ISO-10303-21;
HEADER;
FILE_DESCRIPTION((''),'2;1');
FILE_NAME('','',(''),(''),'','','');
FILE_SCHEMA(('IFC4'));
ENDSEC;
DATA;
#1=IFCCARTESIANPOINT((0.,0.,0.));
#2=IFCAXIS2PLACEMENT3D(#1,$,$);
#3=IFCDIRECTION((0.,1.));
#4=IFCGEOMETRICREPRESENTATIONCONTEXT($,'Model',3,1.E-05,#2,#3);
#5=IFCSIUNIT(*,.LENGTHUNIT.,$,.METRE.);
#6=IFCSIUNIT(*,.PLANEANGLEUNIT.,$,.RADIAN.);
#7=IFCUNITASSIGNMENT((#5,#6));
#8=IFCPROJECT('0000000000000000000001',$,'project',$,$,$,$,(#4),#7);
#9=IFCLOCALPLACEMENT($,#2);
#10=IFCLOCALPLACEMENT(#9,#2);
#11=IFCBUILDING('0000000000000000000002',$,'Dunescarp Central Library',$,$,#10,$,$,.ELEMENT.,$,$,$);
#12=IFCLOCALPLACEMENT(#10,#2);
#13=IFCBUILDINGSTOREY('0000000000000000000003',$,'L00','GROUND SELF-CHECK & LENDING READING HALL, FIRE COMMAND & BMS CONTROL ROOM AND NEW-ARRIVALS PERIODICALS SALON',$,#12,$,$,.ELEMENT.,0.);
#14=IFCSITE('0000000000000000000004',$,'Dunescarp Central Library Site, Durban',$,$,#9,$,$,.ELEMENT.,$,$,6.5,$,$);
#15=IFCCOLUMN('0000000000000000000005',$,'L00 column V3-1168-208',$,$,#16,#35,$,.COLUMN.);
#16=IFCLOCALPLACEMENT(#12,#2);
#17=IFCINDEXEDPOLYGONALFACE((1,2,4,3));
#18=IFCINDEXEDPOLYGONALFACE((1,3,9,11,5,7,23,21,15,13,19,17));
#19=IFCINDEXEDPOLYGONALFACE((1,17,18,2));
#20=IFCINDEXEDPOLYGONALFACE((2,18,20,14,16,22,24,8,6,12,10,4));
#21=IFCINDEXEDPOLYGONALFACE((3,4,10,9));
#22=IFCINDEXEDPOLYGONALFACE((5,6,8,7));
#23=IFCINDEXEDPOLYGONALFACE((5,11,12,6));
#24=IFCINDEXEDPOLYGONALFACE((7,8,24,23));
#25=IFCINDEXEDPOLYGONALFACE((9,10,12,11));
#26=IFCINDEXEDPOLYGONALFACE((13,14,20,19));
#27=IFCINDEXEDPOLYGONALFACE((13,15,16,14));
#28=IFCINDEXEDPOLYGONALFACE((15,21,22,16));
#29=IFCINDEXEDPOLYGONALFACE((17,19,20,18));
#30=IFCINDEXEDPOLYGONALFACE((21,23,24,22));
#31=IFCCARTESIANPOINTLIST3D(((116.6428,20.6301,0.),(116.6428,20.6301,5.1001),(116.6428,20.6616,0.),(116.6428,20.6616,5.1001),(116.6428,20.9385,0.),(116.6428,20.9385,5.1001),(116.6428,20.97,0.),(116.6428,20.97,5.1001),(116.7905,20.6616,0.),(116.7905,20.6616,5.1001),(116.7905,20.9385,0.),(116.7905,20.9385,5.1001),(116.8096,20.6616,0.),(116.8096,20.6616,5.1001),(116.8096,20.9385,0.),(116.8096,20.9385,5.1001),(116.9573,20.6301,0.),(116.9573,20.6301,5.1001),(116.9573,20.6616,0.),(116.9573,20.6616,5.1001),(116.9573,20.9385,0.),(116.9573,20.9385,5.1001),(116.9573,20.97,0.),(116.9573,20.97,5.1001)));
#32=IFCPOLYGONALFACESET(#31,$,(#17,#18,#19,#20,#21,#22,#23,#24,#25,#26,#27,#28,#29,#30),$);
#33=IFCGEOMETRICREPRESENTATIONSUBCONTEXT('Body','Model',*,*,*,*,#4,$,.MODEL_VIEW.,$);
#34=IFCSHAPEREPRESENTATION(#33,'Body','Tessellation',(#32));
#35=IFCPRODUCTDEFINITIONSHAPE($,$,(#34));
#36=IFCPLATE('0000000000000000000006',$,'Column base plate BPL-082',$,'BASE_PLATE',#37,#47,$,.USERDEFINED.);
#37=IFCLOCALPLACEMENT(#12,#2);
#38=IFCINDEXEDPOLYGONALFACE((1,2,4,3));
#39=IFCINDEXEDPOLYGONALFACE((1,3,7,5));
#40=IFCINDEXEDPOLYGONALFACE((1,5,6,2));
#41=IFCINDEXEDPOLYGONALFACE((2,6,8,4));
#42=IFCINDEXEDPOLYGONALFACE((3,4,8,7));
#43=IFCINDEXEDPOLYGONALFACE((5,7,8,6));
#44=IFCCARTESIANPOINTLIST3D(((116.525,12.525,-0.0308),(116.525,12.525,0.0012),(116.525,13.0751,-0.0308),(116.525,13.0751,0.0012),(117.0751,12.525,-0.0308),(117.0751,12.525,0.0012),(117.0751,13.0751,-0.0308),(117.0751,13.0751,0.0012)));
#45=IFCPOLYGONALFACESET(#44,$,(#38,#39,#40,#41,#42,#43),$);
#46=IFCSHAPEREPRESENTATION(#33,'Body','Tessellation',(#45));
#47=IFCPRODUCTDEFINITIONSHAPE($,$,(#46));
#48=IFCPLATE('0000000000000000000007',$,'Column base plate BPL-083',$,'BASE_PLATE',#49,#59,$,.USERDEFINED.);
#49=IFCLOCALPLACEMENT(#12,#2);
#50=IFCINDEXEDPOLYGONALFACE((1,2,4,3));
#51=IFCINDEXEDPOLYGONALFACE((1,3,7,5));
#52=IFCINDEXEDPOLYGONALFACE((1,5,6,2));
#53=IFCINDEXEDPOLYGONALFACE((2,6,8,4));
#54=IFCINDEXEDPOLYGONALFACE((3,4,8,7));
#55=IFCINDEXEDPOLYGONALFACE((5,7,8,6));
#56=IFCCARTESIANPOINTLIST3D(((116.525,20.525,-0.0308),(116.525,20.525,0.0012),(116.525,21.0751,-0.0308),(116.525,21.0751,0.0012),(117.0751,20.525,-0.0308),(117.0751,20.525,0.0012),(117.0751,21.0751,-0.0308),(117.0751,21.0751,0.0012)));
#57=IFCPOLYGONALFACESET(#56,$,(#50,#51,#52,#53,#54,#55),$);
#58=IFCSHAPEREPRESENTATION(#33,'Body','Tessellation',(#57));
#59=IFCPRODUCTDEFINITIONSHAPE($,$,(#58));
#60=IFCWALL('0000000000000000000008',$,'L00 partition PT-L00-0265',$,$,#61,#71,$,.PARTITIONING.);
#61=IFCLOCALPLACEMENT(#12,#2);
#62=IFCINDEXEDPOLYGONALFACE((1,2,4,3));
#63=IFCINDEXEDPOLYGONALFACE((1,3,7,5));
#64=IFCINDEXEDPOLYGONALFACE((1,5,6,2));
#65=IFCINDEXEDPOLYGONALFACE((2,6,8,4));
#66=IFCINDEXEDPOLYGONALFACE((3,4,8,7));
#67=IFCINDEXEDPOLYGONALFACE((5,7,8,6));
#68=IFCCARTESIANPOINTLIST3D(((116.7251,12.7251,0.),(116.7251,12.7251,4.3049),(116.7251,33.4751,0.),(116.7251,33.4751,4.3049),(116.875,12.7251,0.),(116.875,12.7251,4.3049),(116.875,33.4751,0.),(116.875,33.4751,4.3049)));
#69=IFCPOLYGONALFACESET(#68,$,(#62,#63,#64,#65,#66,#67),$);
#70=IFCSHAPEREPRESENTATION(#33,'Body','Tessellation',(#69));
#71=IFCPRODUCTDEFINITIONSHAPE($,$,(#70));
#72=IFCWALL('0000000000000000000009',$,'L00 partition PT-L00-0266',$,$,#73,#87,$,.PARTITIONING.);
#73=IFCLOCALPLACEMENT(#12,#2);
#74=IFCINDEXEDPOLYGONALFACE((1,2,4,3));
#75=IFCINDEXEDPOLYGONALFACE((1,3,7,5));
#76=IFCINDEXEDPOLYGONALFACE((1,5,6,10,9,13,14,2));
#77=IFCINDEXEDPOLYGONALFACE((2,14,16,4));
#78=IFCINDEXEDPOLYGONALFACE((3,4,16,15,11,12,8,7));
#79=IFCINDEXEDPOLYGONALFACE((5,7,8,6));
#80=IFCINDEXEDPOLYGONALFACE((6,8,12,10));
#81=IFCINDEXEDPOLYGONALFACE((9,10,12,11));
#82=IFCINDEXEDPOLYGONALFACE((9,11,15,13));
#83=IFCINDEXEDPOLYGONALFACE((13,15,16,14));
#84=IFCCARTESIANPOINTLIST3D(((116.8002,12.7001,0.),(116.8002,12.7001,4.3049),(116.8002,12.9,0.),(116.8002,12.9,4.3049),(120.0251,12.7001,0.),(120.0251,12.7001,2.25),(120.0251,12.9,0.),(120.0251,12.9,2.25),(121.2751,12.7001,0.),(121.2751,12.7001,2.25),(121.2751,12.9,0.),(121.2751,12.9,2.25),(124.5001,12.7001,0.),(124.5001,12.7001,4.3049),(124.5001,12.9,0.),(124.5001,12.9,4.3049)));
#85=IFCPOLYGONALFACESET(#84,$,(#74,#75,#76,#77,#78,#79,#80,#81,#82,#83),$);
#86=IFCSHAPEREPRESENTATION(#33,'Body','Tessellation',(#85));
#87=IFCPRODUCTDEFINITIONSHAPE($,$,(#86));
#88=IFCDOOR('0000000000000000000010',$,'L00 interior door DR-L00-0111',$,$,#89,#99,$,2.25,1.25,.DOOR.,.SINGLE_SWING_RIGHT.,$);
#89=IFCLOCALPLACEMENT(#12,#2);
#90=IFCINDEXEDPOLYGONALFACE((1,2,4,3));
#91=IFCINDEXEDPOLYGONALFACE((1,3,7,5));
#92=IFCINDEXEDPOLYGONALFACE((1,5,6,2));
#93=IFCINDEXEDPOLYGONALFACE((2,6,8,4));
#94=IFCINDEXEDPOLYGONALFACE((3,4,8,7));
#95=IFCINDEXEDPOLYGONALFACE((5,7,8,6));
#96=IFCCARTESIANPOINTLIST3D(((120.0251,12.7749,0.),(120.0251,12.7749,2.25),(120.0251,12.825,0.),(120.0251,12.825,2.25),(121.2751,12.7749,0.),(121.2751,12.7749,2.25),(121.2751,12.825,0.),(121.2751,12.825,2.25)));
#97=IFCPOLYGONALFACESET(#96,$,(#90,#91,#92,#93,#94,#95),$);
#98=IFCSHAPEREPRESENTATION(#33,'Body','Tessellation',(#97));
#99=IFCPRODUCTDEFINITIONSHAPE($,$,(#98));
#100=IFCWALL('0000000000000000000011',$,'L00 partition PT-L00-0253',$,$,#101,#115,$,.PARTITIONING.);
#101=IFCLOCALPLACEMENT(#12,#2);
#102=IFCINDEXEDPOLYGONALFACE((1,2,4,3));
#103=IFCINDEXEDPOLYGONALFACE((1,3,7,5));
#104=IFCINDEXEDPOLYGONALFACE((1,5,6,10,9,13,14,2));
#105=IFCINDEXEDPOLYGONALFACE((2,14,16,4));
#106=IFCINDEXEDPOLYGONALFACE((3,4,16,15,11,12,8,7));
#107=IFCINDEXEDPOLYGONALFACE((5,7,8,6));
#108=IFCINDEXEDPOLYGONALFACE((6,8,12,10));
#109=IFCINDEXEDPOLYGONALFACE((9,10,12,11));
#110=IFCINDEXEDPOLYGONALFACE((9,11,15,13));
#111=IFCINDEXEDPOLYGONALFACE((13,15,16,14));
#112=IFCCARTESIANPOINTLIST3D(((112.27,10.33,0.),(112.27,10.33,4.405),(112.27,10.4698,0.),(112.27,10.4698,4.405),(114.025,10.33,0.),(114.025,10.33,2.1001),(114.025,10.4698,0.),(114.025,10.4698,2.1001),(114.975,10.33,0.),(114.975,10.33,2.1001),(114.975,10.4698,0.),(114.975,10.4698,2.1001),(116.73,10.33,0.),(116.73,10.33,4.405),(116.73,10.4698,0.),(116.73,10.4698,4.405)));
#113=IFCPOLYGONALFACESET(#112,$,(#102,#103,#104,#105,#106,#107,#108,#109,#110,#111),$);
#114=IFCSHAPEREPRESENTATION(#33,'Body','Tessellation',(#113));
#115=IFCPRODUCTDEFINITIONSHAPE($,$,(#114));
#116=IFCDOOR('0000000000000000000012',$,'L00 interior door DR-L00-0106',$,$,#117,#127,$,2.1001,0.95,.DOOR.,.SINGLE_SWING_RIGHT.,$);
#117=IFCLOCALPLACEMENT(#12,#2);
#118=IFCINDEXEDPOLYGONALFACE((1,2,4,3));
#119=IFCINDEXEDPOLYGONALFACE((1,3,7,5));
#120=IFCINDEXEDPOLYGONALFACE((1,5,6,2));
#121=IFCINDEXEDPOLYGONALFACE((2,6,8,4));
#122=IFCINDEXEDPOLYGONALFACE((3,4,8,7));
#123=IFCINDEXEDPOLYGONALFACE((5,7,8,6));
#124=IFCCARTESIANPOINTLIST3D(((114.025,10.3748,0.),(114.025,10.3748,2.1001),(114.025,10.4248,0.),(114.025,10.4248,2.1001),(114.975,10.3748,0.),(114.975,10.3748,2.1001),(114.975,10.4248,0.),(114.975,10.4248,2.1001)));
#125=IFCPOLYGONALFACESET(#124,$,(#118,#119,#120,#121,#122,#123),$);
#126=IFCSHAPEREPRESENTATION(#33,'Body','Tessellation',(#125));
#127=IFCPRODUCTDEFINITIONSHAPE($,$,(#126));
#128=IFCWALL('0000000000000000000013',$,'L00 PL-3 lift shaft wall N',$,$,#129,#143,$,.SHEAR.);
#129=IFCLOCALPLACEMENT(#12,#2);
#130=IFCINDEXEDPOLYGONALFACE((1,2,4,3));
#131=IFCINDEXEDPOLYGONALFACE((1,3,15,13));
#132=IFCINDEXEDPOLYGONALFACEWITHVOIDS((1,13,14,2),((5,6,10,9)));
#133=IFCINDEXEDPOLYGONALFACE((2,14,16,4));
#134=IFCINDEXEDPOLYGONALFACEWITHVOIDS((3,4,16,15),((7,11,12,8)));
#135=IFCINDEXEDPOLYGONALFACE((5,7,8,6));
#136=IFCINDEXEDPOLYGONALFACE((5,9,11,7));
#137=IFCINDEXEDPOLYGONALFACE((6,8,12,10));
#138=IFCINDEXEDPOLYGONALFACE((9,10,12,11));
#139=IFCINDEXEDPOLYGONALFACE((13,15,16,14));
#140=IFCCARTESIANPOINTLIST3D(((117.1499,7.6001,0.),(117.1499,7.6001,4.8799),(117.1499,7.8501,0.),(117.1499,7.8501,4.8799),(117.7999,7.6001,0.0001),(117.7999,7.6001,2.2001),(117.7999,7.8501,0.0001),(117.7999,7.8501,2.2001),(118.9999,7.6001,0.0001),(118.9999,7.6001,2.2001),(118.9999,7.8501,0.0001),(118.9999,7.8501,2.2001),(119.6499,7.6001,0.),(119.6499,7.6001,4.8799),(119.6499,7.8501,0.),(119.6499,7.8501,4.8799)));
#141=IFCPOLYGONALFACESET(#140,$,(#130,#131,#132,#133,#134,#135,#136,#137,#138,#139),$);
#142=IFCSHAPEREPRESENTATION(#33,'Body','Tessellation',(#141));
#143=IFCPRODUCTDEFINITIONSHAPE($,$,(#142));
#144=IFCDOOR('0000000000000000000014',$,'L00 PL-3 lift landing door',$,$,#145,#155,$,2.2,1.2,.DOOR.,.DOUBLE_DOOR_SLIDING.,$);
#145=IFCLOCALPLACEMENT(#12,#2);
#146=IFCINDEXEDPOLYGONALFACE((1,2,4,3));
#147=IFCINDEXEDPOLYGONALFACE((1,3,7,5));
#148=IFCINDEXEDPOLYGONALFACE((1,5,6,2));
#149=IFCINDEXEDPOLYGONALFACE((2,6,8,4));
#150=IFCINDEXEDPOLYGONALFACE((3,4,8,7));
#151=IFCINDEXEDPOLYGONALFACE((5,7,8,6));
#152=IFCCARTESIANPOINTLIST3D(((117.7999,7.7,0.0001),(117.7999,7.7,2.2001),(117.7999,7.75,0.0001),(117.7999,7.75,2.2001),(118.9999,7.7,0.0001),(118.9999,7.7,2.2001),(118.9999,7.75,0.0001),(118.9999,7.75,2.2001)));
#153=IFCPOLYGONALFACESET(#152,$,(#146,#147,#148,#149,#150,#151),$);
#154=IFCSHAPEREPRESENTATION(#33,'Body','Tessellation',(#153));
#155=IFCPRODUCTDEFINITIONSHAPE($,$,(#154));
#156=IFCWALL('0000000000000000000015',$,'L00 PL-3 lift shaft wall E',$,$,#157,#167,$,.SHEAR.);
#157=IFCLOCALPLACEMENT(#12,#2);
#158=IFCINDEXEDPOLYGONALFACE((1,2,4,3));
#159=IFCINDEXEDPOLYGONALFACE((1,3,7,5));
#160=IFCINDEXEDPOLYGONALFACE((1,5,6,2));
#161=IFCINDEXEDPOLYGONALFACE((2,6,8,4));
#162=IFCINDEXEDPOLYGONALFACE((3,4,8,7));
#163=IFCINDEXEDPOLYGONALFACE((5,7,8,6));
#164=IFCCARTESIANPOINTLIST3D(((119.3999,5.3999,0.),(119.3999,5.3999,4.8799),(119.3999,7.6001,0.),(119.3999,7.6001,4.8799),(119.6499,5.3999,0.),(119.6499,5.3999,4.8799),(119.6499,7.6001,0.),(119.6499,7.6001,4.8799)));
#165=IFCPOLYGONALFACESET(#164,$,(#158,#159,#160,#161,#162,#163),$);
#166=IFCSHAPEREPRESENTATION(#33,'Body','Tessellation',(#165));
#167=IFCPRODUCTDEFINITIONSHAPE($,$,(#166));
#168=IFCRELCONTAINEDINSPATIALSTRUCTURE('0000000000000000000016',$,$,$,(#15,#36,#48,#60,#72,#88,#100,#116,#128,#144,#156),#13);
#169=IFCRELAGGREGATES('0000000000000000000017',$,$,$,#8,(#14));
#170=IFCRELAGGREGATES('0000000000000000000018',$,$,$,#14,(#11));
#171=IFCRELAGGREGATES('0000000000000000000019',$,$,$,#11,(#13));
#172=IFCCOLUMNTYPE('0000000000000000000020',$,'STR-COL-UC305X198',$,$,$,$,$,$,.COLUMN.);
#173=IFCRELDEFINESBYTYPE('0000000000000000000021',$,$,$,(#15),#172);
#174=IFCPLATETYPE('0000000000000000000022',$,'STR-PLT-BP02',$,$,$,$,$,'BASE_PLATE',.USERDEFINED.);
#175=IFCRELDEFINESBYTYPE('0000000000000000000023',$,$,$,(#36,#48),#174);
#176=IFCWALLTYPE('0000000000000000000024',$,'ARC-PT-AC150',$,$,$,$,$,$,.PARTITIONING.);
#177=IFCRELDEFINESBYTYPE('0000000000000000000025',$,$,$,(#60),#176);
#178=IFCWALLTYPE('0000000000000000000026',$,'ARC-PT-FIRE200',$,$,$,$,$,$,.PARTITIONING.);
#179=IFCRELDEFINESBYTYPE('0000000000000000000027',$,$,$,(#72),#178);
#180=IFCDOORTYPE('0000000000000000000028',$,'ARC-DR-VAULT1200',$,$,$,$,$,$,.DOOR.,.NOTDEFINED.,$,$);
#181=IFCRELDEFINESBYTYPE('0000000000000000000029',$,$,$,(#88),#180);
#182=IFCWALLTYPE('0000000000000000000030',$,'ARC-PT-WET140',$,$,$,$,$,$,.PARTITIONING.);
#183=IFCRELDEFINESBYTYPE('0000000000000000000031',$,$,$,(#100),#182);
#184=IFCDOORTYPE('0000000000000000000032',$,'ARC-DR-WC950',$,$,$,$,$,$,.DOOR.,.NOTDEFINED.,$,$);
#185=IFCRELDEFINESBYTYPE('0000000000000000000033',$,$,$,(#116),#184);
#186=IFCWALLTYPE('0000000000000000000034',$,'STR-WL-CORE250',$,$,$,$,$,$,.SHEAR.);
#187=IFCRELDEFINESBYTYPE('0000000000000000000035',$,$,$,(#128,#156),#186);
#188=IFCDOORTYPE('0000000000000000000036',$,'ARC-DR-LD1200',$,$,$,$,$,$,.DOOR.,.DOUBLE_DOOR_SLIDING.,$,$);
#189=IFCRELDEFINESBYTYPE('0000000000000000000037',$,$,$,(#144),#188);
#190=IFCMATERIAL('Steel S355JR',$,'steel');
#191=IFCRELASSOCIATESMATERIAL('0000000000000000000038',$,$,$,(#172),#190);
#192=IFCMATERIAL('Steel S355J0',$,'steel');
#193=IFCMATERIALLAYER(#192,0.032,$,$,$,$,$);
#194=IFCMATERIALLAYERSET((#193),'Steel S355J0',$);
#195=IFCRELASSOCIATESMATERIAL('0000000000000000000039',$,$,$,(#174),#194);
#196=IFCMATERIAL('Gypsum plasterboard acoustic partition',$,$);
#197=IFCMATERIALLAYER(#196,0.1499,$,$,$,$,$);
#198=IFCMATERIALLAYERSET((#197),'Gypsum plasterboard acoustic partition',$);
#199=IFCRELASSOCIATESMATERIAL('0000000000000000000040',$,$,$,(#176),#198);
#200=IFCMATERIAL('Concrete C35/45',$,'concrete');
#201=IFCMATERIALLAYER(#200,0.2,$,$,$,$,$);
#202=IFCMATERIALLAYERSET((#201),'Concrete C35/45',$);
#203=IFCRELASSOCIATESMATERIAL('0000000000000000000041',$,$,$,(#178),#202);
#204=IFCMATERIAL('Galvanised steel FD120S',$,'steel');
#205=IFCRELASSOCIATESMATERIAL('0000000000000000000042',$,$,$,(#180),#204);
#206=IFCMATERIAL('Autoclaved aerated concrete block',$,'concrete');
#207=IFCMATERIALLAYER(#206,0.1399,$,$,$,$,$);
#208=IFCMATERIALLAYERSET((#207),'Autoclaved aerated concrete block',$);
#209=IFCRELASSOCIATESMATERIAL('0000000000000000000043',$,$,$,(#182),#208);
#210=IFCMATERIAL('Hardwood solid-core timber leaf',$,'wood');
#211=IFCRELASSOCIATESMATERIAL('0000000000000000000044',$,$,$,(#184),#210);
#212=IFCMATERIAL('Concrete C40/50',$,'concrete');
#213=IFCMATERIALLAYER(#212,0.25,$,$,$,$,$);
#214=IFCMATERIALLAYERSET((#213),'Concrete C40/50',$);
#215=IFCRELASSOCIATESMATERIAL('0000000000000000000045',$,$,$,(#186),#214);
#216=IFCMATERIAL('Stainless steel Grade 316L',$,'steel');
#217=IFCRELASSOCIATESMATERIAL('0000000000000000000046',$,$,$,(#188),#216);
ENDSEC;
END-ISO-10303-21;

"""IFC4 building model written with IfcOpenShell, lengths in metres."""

from ifc_helpers import new_model, si_unit, direction, frame, frame_2d, origin, origin_2d, place, context, subcontext, project, spatial, rectangle, i_section, extrude, material, layer, layer_set, material_profile, profile_set, type_object, element, fill, save


model = new_model("IFC4")

# Units and contexts
model_context = context("Model", 3, precision=1e-05, world=origin(), true_north=direction((0.0, 1.0)))
body_context = subcontext(model_context, "Body", "Model", "MODEL_VIEW")
ifc_project = project(units=[si_unit("LENGTHUNIT", "METRE"), si_unit("PLANEANGLEUNIT", "RADIAN")], contexts=[model_context])

# Site, building, storey
site_placement = place(None, origin())
site = spatial("IfcSite", under=ifc_project, at=site_placement, Name="Dunescarp Central Library Site, Durban", CompositionType="ELEMENT", RefElevation=6.5)
building_placement = place(site_placement, origin())
building = spatial("IfcBuilding", under=site, at=building_placement, Name="Dunescarp Central Library", CompositionType="ELEMENT")
storey_placement = place(building_placement, origin())
storey = spatial("IfcBuildingStorey", under=building, at=storey_placement, Name="L00", Description="GROUND SELF-CHECK & LENDING READING HALL, FIRE COMMAND & BMS CONTROL ROOM AND NEW-ARRIVALS PERIODICALS SALON", CompositionType="ELEMENT", Elevation=0.0)

# Shared definitions
ifc_material_1 = material(Name="Concrete C35/45", Category="concrete")
ifc_material_2 = material(Name="Concrete C40/50", Category="concrete")

# Column
ifc_material_3 = material(Name="Steel S355JR", Category="steel")
ifc_material_profile_1 = material_profile(ifc_material_3, i_section(OverallWidth=0.3145, OverallDepth=0.3398, WebThickness=0.019, FlangeThickness=0.0315, at=origin_2d()), Name="UC 305x305x198")
ifc_profile_set_1 = profile_set([ifc_material_profile_1], Name="Steel S355JR")
column_type = type_object("IfcColumnType", Name="STR-COL-UC305X198", PredefinedType="COLUMN", material=ifc_profile_set_1)
for number, where, z_axis, x_axis, name in (
    (1, (116.8, 20.8, 0.0), (0.0, 0.0, 1.0), (1.0, 0.0, 0.0), "L00 column V3-1168-208"),
):
    element("IfcColumn", number, at=place(storey_placement, frame(where, z_axis=z_axis, x_axis=x_axis)), inside=storey, type_object=column_type, Name=name, PredefinedType="COLUMN", context=body_context, shape_type="SweptSolid", body=[
        extrude(i_section(OverallWidth=0.3145, OverallDepth=0.3398, WebThickness=0.019, FlangeThickness=0.0315, at=origin_2d()), origin(), (0.0, 0.0, 1.0), 5.1001),
    ])

# Plates
ifc_material_4 = material(Name="Steel S355J0", Category="steel")
ifc_layer_1 = layer(ifc_material_4, 0.032)
ifc_layer_set_1 = layer_set([ifc_layer_1], Name="Steel S355J0")
plate_type = type_object("IfcPlateType", Name="STR-PLT-BP02", ElementType="BASE_PLATE", PredefinedType="USERDEFINED", material=ifc_layer_set_1)
for number, where, z_axis, x_axis, name in (
    (2, (116.8, 12.8, -0.0308), (0.0, 0.0, 1.0), (1.0, 0.0, 0.0), "Column base plate BPL-082"),
    (3, (116.8, 20.8, -0.0308), (0.0, 0.0, 1.0), (1.0, 0.0, 0.0), "Column base plate BPL-083"),
):
    element("IfcPlate", number, at=place(storey_placement, frame(where, z_axis=z_axis, x_axis=x_axis)), inside=storey, type_object=plate_type, Name=name, ObjectType="BASE_PLATE", PredefinedType="USERDEFINED", context=body_context, shape_type="SweptSolid", body=[
        extrude(rectangle(XDim=0.55, YDim=0.55, at=origin_2d()), origin(), (0.0, 0.0, 1.0), 0.032),
    ])

# Wall
ifc_material_5 = material(Name="Gypsum plasterboard acoustic partition")
ifc_layer_2 = layer(ifc_material_5, 0.1499)
ifc_layer_set_2 = layer_set([ifc_layer_2], Name="Gypsum plasterboard acoustic partition")
wall_type_1 = type_object("IfcWallType", Name="ARC-PT-AC150", PredefinedType="PARTITIONING", material=ifc_layer_set_2)
wall_1_placement = place(storey_placement, frame((116.8, 12.7251, 0.0), z_axis=(0.0, 0.0, 1.0), x_axis=(0.0, 1.0, 0.0)))
element("IfcWall", 4, at=wall_1_placement, inside=storey, type_object=wall_type_1, Name="L00 partition PT-L00-0265", PredefinedType="PARTITIONING", context=body_context, shape_type="SweptSolid", body=[
    extrude(rectangle(XDim=20.75, YDim=0.1499, at=frame_2d((10.375, 0.0))), origin(), (0.0, 0.0, 1.0), 4.3049),
])

# Walls, openings, doors
ifc_layer_3 = layer(ifc_material_1, 0.2)
ifc_layer_set_3 = layer_set([ifc_layer_3], Name="Concrete C35/45")
wall_type_2 = type_object("IfcWallType", Name="ARC-PT-FIRE200", PredefinedType="PARTITIONING", material=ifc_layer_set_3)
wall_2_placement = place(storey_placement, frame((116.8, 12.8, 0.0), z_axis=(0.0, 0.0, 1.0), x_axis=(1.0, 0.0, 0.0)))
wall_2 = element("IfcWall", 5, at=wall_2_placement, inside=storey, type_object=wall_type_2, Name="L00 partition PT-L00-0266", PredefinedType="PARTITIONING", context=body_context, shape_type="SweptSolid", body=[
    extrude(rectangle(XDim=7.7, YDim=0.2, at=frame_2d((3.8501, 0.0))), origin(), (0.0, 0.0, 1.0), 4.3049),
])
opening_1_placement = place(wall_2_placement, frame((3.2251, 0.0, 0.0)))
opening_1 = element("IfcOpeningElement", 6, at=opening_1_placement, cuts=wall_2, PredefinedType="OPENING", context=body_context, shape_type="SweptSolid", body=[
    extrude(rectangle(XDim=1.25, YDim=2.25, at=frame_2d((0.625, 1.125))), frame((0.0, 0.1099, 0.0), z_axis=(0.0, -1.0, 0.0), x_axis=(1.0, 0.0, 0.0)), (0.0, 0.0, 1.0), 0.22),
])
ifc_material_6 = material(Name="Galvanised steel FD120S", Category="steel")
door_type_1 = type_object("IfcDoorType", Name="ARC-DR-VAULT1200", OperationType="NOTDEFINED", PredefinedType="DOOR", material=ifc_material_6)
door_1_placement = place(opening_1_placement, origin())
door_1 = element("IfcDoor", 7, at=door_1_placement, inside=storey, type_object=door_type_1, Name="L00 interior door DR-L00-0111", OperationType="SINGLE_SWING_RIGHT", OverallHeight=2.25, OverallWidth=1.25, PredefinedType="DOOR", context=body_context, shape_type="SweptSolid", body=[
    extrude(rectangle(XDim=1.25, YDim=2.25, at=frame_2d((0.625, 1.125))), frame((0.0, 0.0249, 0.0), z_axis=(0.0, -1.0, 0.0), x_axis=(1.0, 0.0, 0.0)), (0.0, 0.0, 1.0), 0.05),
])
fill(opening_1, door_1)
ifc_material_7 = material(Name="Autoclaved aerated concrete block", Category="concrete")
ifc_layer_4 = layer(ifc_material_7, 0.1399)
ifc_layer_set_4 = layer_set([ifc_layer_4], Name="Autoclaved aerated concrete block")
wall_type_3 = type_object("IfcWallType", Name="ARC-PT-WET140", PredefinedType="PARTITIONING", material=ifc_layer_set_4)
wall_3_placement = place(storey_placement, frame((112.27, 10.3999, 0.0), z_axis=(0.0, 0.0, 1.0), x_axis=(1.0, 0.0, 0.0)))
wall_3 = element("IfcWall", 8, at=wall_3_placement, inside=storey, type_object=wall_type_3, Name="L00 partition PT-L00-0253", PredefinedType="PARTITIONING", context=body_context, shape_type="SweptSolid", body=[
    extrude(rectangle(XDim=4.46, YDim=0.1399, at=frame_2d((2.23, 0.0))), origin(), (0.0, 0.0, 1.0), 4.405),
])
opening_2_placement = place(wall_3_placement, frame((1.7549, 0.0, 0.0)))
opening_2 = element("IfcOpeningElement", 9, at=opening_2_placement, cuts=wall_3, PredefinedType="OPENING", context=body_context, shape_type="SweptSolid", body=[
    extrude(rectangle(XDim=0.95, YDim=2.1001, at=frame_2d((0.4751, 1.05))), frame((0.0, 0.0801, 0.0), z_axis=(0.0, -1.0, 0.0), x_axis=(1.0, 0.0, 0.0)), (0.0, 0.0, 1.0), 0.1599),
])
ifc_material_8 = material(Name="Hardwood solid-core timber leaf", Category="wood")
door_type_2 = type_object("IfcDoorType", Name="ARC-DR-WC950", OperationType="NOTDEFINED", PredefinedType="DOOR", material=ifc_material_8)
door_2_placement = place(opening_2_placement, origin())
door_2 = element("IfcDoor", 10, at=door_2_placement, inside=storey, type_object=door_type_2, Name="L00 interior door DR-L00-0106", OperationType="SINGLE_SWING_RIGHT", OverallHeight=2.1001, OverallWidth=0.95, PredefinedType="DOOR", context=body_context, shape_type="SweptSolid", body=[
    extrude(rectangle(XDim=0.95, YDim=2.1001, at=frame_2d((0.4751, 1.05))), frame((0.0, 0.0249, 0.0), z_axis=(0.0, -1.0, 0.0), x_axis=(1.0, 0.0, 0.0)), (0.0, 0.0, 1.0), 0.05),
])
fill(opening_2, door_2)
ifc_layer_5 = layer(ifc_material_2, 0.25)
ifc_layer_set_5 = layer_set([ifc_layer_5], Name="Concrete C40/50")
wall_type_4 = type_object("IfcWallType", Name="STR-WL-CORE250", PredefinedType="SHEAR", material=ifc_layer_set_5)
wall_4_placement = place(storey_placement, frame((117.1499, 7.7251, 0.0), z_axis=(0.0, 0.0, 1.0), x_axis=(1.0, 0.0, 0.0)))
wall_4 = element("IfcWall", 11, at=wall_4_placement, inside=storey, type_object=wall_type_4, Name="L00 PL-3 lift shaft wall N", PredefinedType="SHEAR", context=body_context, shape_type="SweptSolid", body=[
    extrude(rectangle(XDim=2.5, YDim=0.25, at=frame_2d((1.25, 0.0))), origin(), (0.0, 0.0, 1.0), 4.8799),
])
opening_3_placement = place(wall_4_placement, frame((0.6499, 0.0, 0.0)))
opening_3 = element("IfcOpeningElement", 12, at=opening_3_placement, cuts=wall_4, PredefinedType="OPENING", context=body_context, shape_type="SweptSolid", body=[
    extrude(rectangle(XDim=1.2, YDim=2.2, at=frame_2d((0.6001, 1.1001))), frame((0.0, 0.135, 0.0), z_axis=(0.0, -1.0, 0.0), x_axis=(1.0, 0.0, 0.0)), (0.0, 0.0, 1.0), 0.27),
])
ifc_material_9 = material(Name="Stainless steel Grade 316L", Category="steel")
door_type_3 = type_object("IfcDoorType", Name="ARC-DR-LD1200", OperationType="DOUBLE_DOOR_SLIDING", PredefinedType="DOOR", material=ifc_material_9)
door_3_placement = place(opening_3_placement, origin())
door_3 = element("IfcDoor", 13, at=door_3_placement, inside=storey, type_object=door_type_3, Name="L00 PL-3 lift landing door", OperationType="DOUBLE_DOOR_SLIDING", OverallHeight=2.2, OverallWidth=1.2, PredefinedType="DOOR", context=body_context, shape_type="SweptSolid", body=[
    extrude(rectangle(XDim=1.2, YDim=2.2, at=frame_2d((0.6001, 1.1001))), frame((0.0, 0.0249, 0.0), z_axis=(0.0, -1.0, 0.0), x_axis=(1.0, 0.0, 0.0)), (0.0, 0.0, 1.0), 0.05),
])
fill(opening_3, door_3)

# Wall
wall_5_placement = place(storey_placement, frame((119.5249, 7.6001, 0.0), z_axis=(0.0, 0.0, 1.0), x_axis=(0.0, -1.0, 0.0)))
element("IfcWall", 14, at=wall_5_placement, inside=storey, type_object=wall_type_4, Name="L00 PL-3 lift shaft wall E", PredefinedType="SHEAR", context=body_context, shape_type="SweptSolid", body=[
    extrude(rectangle(XDim=2.2002, YDim=0.25, at=frame_2d((1.1001, 0.0))), origin(), (0.0, 0.0, 1.0), 4.8799),
])

save(model, "model.ifc")
